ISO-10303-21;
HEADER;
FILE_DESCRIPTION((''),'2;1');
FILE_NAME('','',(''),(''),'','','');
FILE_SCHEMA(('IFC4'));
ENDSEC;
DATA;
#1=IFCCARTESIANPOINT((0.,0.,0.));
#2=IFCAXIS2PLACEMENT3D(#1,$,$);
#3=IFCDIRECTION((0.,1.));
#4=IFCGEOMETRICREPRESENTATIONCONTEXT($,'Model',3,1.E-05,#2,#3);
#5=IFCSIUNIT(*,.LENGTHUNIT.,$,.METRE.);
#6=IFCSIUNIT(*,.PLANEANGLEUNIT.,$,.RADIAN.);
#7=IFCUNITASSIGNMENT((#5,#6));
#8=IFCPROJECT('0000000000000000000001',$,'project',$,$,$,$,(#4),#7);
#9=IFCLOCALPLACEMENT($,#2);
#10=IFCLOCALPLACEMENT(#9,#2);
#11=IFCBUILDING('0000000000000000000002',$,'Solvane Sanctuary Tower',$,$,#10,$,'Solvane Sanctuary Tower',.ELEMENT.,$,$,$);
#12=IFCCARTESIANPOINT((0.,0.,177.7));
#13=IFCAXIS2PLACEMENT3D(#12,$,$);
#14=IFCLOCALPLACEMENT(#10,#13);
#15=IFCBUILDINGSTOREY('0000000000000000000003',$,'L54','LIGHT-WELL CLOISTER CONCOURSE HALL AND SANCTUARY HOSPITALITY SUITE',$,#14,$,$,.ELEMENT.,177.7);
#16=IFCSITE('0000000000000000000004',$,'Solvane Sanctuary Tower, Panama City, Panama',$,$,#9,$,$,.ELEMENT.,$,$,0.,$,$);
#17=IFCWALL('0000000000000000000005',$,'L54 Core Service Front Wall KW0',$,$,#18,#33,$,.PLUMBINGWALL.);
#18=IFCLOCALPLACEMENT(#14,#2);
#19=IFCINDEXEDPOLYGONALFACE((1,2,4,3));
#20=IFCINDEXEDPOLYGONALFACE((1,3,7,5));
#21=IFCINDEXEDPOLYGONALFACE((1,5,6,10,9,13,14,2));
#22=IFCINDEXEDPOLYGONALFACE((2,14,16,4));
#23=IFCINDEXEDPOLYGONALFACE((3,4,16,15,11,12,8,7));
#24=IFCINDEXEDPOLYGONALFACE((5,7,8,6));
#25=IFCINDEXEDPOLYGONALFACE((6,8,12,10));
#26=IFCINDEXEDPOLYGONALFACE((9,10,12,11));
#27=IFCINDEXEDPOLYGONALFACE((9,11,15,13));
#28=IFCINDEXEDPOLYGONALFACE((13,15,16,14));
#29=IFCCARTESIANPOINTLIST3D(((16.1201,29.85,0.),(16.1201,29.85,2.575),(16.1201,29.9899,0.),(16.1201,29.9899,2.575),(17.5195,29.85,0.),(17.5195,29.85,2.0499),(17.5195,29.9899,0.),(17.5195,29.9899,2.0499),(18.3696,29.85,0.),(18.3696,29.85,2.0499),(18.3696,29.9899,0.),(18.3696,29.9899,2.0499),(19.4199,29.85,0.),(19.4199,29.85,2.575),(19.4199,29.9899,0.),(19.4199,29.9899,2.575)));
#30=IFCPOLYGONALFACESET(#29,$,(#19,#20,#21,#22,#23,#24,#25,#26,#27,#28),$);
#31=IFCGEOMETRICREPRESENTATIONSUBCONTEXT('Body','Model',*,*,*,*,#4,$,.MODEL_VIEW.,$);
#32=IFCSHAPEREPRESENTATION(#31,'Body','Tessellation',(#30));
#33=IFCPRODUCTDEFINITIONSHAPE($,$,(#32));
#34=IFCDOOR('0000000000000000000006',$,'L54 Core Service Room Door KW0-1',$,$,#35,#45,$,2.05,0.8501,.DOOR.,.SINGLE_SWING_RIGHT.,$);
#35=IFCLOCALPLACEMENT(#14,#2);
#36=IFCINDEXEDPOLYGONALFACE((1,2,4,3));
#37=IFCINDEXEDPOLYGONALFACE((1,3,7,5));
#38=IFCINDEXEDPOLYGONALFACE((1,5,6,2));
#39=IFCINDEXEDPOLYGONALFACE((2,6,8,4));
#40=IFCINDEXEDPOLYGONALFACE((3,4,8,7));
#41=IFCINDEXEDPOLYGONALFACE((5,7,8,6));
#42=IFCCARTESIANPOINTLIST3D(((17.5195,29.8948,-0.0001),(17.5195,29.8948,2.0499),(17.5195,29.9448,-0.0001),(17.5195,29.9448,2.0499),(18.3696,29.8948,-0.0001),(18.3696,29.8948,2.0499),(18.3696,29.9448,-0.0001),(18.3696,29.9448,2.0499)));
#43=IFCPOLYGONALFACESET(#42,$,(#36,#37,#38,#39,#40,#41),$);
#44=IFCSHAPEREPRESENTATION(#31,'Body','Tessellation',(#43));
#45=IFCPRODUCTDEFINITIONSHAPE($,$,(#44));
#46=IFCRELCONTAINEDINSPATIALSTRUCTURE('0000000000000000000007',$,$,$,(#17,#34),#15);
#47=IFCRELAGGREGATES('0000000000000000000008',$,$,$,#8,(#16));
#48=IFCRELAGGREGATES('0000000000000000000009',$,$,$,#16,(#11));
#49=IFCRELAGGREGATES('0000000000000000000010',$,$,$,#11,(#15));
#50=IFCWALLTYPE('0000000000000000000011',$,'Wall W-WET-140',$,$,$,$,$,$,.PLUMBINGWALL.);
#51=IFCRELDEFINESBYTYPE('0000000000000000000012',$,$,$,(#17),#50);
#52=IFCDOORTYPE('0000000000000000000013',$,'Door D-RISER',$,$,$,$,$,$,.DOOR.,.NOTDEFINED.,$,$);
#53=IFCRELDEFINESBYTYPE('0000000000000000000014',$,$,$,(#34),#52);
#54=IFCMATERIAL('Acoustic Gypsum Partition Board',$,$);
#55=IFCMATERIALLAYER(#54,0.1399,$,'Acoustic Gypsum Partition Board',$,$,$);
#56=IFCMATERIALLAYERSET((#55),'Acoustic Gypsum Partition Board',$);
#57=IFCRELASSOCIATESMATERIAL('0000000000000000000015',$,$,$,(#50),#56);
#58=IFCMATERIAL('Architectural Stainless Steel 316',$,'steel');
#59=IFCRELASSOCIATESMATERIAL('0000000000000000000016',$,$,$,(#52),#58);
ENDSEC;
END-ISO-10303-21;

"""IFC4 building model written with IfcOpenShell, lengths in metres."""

from ifc_helpers import new_model, si_unit, direction, frame, frame_2d, origin, place, context, subcontext, project, spatial, rectangle, extrude, material, layer, layer_set, type_object, element, fill, save


model = new_model("IFC4")

# Units and contexts
model_context = context("Model", 3, precision=1e-05, world=origin(), true_north=direction((0.0, 1.0)))
body_context = subcontext(model_context, "Body", "Model", "MODEL_VIEW")
ifc_project = project(units=[si_unit("LENGTHUNIT", "METRE"), si_unit("PLANEANGLEUNIT", "RADIAN")], contexts=[model_context])

# Site, building, storey
site_placement = place(None, origin())
site = spatial("IfcSite", under=ifc_project, at=site_placement, Name="Solvane Sanctuary Tower, Panama City, Panama", CompositionType="ELEMENT", RefElevation=0.0)
building_placement = place(site_placement, origin())
building = spatial("IfcBuilding", under=site, at=building_placement, Name="Solvane Sanctuary Tower", LongName="Solvane Sanctuary Tower", CompositionType="ELEMENT")
storey_placement = place(building_placement, frame((0.0, 0.0, 177.7)))
storey = spatial("IfcBuildingStorey", under=building, at=storey_placement, Name="L54", Description="LIGHT-WELL CLOISTER CONCOURSE HALL AND SANCTUARY HOSPITALITY SUITE", CompositionType="ELEMENT", Elevation=177.7)

# Shared definitions
ifc_material_1 = material(Name="Acoustic Gypsum Partition Board")

# Shared definitions
ifc_material_2 = material(Name="Architectural Stainless Steel 316", Category="steel")

# Wall, opening, door
ifc_layer_1 = layer(ifc_material_1, 0.1399, Name="Acoustic Gypsum Partition Board")
ifc_layer_set_1 = layer_set([ifc_layer_1], Name="Acoustic Gypsum Partition Board")
wall_type_1 = type_object("IfcWallType", Name="Wall W-WET-140", PredefinedType="PLUMBINGWALL", material=ifc_layer_set_1)
wall_1_placement = place(storey_placement, frame((16.1201, 29.9199, 0.0), z_axis=(0.0, 0.0, 1.0), x_axis=(1.0, 0.0, 0.0)))
wall_1 = element("IfcWall", 1, at=wall_1_placement, inside=storey, type_object=wall_type_1, Name="L54 Core Service Front Wall KW0", PredefinedType="PLUMBINGWALL", context=body_context, shape_type="SweptSolid", body=[
    extrude(rectangle(XDim=3.2998, YDim=0.1399, at=frame_2d((1.6499, 0.0))), origin(), (0.0, 0.0, 1.0), 2.575),
])
opening_1_placement = place(wall_1_placement, frame((1.3994, 0.0, 0.0)))
opening_1 = element("IfcOpeningElement", 2, at=opening_1_placement, cuts=wall_1, PredefinedType="OPENING", context=body_context, shape_type="SweptSolid", body=[
    extrude(rectangle(XDim=0.8501, YDim=2.05, at=frame_2d((0.425, 1.0249))), frame((0.0, 0.0798, 0.0), z_axis=(0.0, -1.0, 0.0), x_axis=(1.0, 0.0, 0.0)), (0.0, 0.0, 1.0), 0.1599),
])
door_type_1 = type_object("IfcDoorType", Name="Door D-RISER", OperationType="NOTDEFINED", PredefinedType="DOOR", material=ifc_material_2)
door_1_placement = place(opening_1_placement, origin())
door_1 = element("IfcDoor", 3, at=door_1_placement, inside=storey, type_object=door_type_1, Name="L54 Core Service Room Door KW0-1", OperationType="SINGLE_SWING_RIGHT", OverallHeight=2.05, OverallWidth=0.8501, PredefinedType="DOOR", context=body_context, shape_type="SweptSolid", body=[
    extrude(rectangle(XDim=0.8501, YDim=2.05, at=frame_2d((0.425, 1.0249))), frame((0.0, 0.0249, 0.0), z_axis=(0.0, -1.0, 0.0), x_axis=(1.0, 0.0, 0.0)), (0.0, 0.0, 1.0), 0.05),
])
fill(opening_1, door_1)

save(model, "model.ifc")
